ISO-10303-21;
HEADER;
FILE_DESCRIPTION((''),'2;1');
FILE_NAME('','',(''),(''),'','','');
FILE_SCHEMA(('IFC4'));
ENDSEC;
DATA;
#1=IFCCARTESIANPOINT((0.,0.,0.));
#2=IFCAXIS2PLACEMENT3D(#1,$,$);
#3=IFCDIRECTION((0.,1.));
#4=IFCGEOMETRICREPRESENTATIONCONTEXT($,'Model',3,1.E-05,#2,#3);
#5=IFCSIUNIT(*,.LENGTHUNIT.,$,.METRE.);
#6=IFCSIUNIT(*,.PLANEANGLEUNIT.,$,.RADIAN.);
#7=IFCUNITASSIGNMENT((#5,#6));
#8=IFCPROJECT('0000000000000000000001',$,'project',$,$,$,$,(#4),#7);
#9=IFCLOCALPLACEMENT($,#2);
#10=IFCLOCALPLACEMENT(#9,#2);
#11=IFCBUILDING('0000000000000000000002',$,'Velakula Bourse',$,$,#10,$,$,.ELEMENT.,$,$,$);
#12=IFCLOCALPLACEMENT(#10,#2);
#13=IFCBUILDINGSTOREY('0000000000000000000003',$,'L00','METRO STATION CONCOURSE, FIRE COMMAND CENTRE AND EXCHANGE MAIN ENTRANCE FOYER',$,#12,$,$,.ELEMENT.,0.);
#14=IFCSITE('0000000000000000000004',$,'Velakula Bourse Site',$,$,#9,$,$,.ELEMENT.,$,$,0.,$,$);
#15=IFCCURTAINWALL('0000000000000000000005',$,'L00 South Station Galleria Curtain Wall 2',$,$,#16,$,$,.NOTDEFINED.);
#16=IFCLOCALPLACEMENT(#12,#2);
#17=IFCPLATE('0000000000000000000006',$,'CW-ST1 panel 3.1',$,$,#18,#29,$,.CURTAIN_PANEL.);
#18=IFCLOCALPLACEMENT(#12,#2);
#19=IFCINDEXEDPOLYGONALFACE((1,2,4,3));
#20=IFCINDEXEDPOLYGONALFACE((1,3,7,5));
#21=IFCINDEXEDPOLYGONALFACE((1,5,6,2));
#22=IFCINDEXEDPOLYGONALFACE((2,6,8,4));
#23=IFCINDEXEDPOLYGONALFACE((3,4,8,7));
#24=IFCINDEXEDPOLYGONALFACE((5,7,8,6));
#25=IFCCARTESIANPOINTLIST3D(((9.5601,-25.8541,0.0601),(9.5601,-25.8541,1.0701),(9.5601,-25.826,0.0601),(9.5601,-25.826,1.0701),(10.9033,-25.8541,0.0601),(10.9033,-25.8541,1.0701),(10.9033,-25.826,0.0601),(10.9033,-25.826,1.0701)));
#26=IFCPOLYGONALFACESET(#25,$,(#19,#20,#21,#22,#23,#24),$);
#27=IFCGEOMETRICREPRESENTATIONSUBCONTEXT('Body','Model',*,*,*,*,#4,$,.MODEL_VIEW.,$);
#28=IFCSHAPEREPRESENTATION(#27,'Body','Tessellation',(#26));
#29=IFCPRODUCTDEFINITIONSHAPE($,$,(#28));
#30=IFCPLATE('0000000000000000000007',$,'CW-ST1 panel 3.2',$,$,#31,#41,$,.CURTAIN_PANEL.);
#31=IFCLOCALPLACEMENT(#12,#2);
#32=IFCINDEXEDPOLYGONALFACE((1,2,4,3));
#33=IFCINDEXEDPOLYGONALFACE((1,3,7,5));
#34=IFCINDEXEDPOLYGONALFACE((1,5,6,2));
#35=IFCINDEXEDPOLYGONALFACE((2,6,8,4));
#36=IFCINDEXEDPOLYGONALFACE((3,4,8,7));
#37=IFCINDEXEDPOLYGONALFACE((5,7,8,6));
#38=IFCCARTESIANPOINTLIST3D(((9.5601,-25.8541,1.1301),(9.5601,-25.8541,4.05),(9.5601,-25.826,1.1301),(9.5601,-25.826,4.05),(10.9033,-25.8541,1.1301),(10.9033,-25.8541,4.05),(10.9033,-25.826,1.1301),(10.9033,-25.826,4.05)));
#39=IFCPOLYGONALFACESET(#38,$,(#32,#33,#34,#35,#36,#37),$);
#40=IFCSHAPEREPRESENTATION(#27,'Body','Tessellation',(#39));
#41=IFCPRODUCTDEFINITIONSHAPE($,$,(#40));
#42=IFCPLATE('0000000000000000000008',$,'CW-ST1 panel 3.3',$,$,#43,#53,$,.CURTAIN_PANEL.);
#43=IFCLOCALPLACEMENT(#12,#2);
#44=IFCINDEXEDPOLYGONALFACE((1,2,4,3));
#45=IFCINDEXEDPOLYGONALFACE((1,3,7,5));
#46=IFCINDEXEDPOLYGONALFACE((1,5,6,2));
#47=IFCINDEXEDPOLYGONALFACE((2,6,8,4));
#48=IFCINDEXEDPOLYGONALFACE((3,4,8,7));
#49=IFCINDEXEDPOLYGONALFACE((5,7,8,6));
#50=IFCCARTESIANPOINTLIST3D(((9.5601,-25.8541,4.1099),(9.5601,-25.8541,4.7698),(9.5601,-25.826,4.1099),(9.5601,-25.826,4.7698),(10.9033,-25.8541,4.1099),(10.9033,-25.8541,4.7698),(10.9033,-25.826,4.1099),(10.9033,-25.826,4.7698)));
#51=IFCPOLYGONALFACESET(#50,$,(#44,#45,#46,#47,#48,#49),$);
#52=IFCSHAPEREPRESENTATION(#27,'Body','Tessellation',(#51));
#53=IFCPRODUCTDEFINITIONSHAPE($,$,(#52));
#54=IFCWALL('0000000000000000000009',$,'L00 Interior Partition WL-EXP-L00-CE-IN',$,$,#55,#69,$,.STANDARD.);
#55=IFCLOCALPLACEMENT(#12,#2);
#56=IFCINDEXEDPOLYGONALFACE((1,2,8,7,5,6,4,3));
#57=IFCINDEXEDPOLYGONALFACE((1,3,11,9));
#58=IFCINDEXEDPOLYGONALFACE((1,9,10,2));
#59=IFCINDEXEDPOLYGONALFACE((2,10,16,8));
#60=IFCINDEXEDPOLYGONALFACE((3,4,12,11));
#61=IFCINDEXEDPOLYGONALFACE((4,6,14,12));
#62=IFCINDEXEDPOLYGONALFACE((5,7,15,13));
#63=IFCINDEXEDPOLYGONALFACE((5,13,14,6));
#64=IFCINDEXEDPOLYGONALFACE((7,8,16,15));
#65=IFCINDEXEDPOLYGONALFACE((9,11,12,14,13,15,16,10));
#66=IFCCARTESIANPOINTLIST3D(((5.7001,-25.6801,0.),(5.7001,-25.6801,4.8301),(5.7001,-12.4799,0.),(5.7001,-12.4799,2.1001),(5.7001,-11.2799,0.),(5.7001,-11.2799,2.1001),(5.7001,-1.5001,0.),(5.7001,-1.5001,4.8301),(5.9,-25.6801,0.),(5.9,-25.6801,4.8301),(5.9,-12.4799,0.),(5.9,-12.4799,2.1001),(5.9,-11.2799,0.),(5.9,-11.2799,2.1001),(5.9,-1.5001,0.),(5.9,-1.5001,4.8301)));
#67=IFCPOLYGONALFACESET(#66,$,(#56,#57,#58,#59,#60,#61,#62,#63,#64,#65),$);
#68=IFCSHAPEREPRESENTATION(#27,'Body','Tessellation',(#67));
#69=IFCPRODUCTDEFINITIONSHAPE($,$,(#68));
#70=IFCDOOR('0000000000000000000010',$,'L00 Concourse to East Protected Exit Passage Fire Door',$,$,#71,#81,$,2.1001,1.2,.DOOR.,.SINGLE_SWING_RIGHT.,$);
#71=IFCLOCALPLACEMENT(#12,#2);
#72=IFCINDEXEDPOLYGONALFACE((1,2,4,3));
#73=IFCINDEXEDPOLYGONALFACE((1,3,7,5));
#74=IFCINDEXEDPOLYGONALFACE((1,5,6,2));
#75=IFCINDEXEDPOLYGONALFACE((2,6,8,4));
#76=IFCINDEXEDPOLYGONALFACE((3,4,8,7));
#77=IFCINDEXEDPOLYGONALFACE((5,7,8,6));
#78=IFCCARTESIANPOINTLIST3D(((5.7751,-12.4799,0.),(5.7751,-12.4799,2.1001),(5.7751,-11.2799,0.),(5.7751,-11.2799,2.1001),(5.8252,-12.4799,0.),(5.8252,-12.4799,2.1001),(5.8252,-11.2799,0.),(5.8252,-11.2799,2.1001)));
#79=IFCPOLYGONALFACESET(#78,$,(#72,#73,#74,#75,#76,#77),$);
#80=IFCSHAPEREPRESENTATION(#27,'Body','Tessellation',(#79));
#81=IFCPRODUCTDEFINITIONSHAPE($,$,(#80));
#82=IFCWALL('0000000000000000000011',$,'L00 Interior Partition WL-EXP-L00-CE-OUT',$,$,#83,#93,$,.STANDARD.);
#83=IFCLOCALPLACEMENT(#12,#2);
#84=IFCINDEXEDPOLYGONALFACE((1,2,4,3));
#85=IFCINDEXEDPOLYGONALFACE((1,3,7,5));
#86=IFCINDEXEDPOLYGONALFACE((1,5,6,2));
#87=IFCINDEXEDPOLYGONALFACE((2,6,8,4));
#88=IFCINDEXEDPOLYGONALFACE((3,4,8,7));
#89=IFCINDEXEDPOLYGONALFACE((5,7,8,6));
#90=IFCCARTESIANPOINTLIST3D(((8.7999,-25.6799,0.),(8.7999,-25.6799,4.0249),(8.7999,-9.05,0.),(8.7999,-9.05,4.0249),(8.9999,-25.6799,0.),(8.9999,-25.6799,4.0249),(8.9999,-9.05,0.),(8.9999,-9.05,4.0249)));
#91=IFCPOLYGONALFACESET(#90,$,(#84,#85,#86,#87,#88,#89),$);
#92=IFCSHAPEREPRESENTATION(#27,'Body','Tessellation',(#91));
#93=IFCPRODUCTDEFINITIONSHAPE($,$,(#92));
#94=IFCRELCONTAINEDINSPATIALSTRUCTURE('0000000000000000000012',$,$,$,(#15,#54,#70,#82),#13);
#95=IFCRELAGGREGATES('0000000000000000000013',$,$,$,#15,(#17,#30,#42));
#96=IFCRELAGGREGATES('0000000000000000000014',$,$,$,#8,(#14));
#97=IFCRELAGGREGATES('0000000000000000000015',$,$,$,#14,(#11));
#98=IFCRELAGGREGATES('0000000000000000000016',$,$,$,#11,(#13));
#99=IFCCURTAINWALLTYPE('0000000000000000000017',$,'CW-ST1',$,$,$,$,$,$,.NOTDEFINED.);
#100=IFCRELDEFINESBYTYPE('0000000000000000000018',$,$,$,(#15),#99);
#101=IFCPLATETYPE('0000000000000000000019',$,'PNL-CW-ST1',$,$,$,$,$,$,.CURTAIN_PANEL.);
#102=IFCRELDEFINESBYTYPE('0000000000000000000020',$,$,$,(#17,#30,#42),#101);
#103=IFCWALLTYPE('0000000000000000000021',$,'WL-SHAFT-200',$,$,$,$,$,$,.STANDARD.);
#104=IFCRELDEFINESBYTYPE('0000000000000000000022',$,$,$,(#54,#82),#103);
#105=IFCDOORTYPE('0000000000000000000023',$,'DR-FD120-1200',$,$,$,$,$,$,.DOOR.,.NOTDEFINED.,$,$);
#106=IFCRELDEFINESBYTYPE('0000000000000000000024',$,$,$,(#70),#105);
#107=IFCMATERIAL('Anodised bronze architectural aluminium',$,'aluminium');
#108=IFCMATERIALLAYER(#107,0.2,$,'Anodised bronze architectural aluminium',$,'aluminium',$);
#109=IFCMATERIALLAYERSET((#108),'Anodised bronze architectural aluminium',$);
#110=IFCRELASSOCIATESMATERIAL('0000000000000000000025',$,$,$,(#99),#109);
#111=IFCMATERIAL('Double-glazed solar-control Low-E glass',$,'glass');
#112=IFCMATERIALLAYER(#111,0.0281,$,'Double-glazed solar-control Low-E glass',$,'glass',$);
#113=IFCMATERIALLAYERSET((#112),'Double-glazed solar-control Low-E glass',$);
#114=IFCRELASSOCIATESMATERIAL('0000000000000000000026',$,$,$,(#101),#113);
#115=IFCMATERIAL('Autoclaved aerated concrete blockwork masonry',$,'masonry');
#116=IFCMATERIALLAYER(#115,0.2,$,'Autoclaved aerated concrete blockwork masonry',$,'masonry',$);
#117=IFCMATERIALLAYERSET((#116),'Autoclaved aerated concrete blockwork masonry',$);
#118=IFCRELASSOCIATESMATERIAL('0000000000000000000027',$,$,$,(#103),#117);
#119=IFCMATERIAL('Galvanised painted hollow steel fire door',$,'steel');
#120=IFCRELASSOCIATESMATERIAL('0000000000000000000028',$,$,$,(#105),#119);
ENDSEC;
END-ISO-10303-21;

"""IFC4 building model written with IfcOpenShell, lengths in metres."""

from ifc_helpers import new_model, si_unit, direction, frame, frame_2d, origin, origin_2d, place, context, subcontext, project, spatial, rectangle, extrude, material, layer, layer_set, type_object, element, fill, aggregate, save


model = new_model("IFC4")

# Units and contexts
model_context = context("Model", 3, precision=1e-05, world=origin(), true_north=direction((0.0, 1.0)))
body_context = subcontext(model_context, "Body", "Model", "MODEL_VIEW")
ifc_project = project(units=[si_unit("LENGTHUNIT", "METRE"), si_unit("PLANEANGLEUNIT", "RADIAN")], contexts=[model_context])

# Site, building, storey
site_placement = place(None, origin())
site = spatial("IfcSite", under=ifc_project, at=site_placement, Name="Velakula Bourse Site", CompositionType="ELEMENT", RefElevation=0.0)
building_placement = place(site_placement, origin())
building = spatial("IfcBuilding", under=site, at=building_placement, Name="Velakula Bourse", CompositionType="ELEMENT")
storey_placement = place(building_placement, origin())
storey = spatial("IfcBuildingStorey", under=building, at=storey_placement, Name="L00", Description="METRO STATION CONCOURSE, FIRE COMMAND CENTRE AND EXCHANGE MAIN ENTRANCE FOYER", CompositionType="ELEMENT", Elevation=0.0)

# Curtain wall, plates
ifc_material_1 = material(Name="Anodised bronze architectural aluminium", Category="aluminium")
ifc_layer_1 = layer(ifc_material_1, 0.2, Name="Anodised bronze architectural aluminium", Category="aluminium")
ifc_layer_set_1 = layer_set([ifc_layer_1], Name="Anodised bronze architectural aluminium")
curtain_wall_type = type_object("IfcCurtainWallType", Name="CW-ST1", PredefinedType="NOTDEFINED", material=ifc_layer_set_1)
curtain_wall_placement = place(storey_placement, origin())
curtain_wall = element("IfcCurtainWall", 1, at=curtain_wall_placement, inside=storey, type_object=curtain_wall_type, Name="L00 South Station Galleria Curtain Wall 2", PredefinedType="NOTDEFINED")
ifc_material_2 = material(Name="Double-glazed solar-control Low-E glass", Category="glass")
ifc_layer_2 = layer(ifc_material_2, 0.0281, Name="Double-glazed solar-control Low-E glass", Category="glass")
ifc_layer_set_2 = layer_set([ifc_layer_2], Name="Double-glazed solar-control Low-E glass")
plate_type = type_object("IfcPlateType", Name="PNL-CW-ST1", PredefinedType="CURTAIN_PANEL", material=ifc_layer_set_2)
plate_1_placement = place(storey_placement, frame((10.2317, -25.8401, 0.0601), z_axis=(0.0, 0.0, 1.0), x_axis=(-1.0, 0.0, 0.0)))
plate_1 = element("IfcPlate", 2, at=plate_1_placement, type_object=plate_type, Name="CW-ST1 panel 3.1", PredefinedType="CURTAIN_PANEL", context=body_context, shape_type="SweptSolid", body=[
    extrude(rectangle(XDim=1.3433, YDim=0.0281, at=origin_2d()), origin(), (0.0, 0.0, 1.0), 1.01),
])
plate_2_placement = place(storey_placement, frame((10.2317, -25.8401, 1.1301), z_axis=(0.0, 0.0, 1.0), x_axis=(-1.0, 0.0, 0.0)))
plate_2 = element("IfcPlate", 3, at=plate_2_placement, type_object=plate_type, Name="CW-ST1 panel 3.2", PredefinedType="CURTAIN_PANEL", context=body_context, shape_type="SweptSolid", body=[
    extrude(rectangle(XDim=1.3433, YDim=0.0281, at=origin_2d()), origin(), (0.0, 0.0, 1.0), 2.9199),
])
plate_3_placement = place(storey_placement, frame((10.2317, -25.8401, 4.1099), z_axis=(0.0, 0.0, 1.0), x_axis=(-1.0, 0.0, 0.0)))
plate_3 = element("IfcPlate", 4, at=plate_3_placement, type_object=plate_type, Name="CW-ST1 panel 3.3", PredefinedType="CURTAIN_PANEL", context=body_context, shape_type="SweptSolid", body=[
    extrude(rectangle(XDim=1.3433, YDim=0.0281, at=origin_2d()), origin(), (0.0, 0.0, 1.0), 0.6599),
])
aggregate(curtain_wall, [plate_1, plate_2, plate_3])

# Wall, opening, door
ifc_material_3 = material(Name="Autoclaved aerated concrete blockwork masonry", Category="masonry")
ifc_layer_3 = layer(ifc_material_3, 0.2, Name="Autoclaved aerated concrete blockwork masonry", Category="masonry")
ifc_layer_set_3 = layer_set([ifc_layer_3], Name="Autoclaved aerated concrete blockwork masonry")
wall_type_1 = type_object("IfcWallType", Name="WL-SHAFT-200", PredefinedType="STANDARD", material=ifc_layer_set_3)
wall_1_placement = place(storey_placement, frame((5.8, -25.6799, 0.0), z_axis=(0.0, 0.0, 1.0), x_axis=(0.0, 1.0, 0.0)))
wall_1 = element("IfcWall", 5, at=wall_1_placement, inside=storey, type_object=wall_type_1, Name="L00 Interior Partition WL-EXP-L00-CE-IN", PredefinedType="STANDARD", context=body_context, shape_type="SweptSolid", body=[
    extrude(rectangle(XDim=24.1799, YDim=0.2, at=frame_2d((12.0898, 0.0))), origin(), (0.0, 0.0, 1.0), 4.8301),
])
opening_1_placement = place(wall_1_placement, frame((13.2, 0.0, 0.0)))
opening_1 = element("IfcOpeningElement", 6, at=opening_1_placement, cuts=wall_1, PredefinedType="OPENING", context=body_context, shape_type="SweptSolid", body=[
    extrude(rectangle(XDim=1.2, YDim=2.1001, at=frame_2d((0.6001, 1.05))), frame((0.0, 0.1099, 0.0), z_axis=(0.0, -1.0, 0.0), x_axis=(1.0, 0.0, 0.0)), (0.0, 0.0, 1.0), 0.22),
])
ifc_material_4 = material(Name="Galvanised painted hollow steel fire door", Category="steel")
door_type_1 = type_object("IfcDoorType", Name="DR-FD120-1200", OperationType="NOTDEFINED", PredefinedType="DOOR", material=ifc_material_4)
door_1_placement = place(opening_1_placement, origin())
door_1 = element("IfcDoor", 7, at=door_1_placement, inside=storey, type_object=door_type_1, Name="L00 Concourse to East Protected Exit Passage Fire Door", OperationType="SINGLE_SWING_RIGHT", OverallHeight=2.1001, OverallWidth=1.2, PredefinedType="DOOR", context=body_context, shape_type="SweptSolid", body=[
    extrude(rectangle(XDim=1.2, YDim=2.1001, at=frame_2d((0.6001, 1.05))), frame((0.0, 0.0249, 0.0), z_axis=(0.0, -1.0, 0.0), x_axis=(1.0, 0.0, 0.0)), (0.0, 0.0, 1.0), 0.05),
])
fill(opening_1, door_1)

# Wall
wall_2_placement = place(storey_placement, frame((8.8999, -25.6799, 0.0), z_axis=(0.0, 0.0, 1.0), x_axis=(0.0, 1.0, 0.0)))
element("IfcWall", 8, at=wall_2_placement, inside=storey, type_object=wall_type_1, Name="L00 Interior Partition WL-EXP-L00-CE-OUT", PredefinedType="STANDARD", context=body_context, shape_type="SweptSolid", body=[
    extrude(rectangle(XDim=16.6299, YDim=0.2, at=frame_2d((8.3149, 0.0))), origin(), (0.0, 0.0, 1.0), 4.0249),
])

save(model, "model.ifc")
